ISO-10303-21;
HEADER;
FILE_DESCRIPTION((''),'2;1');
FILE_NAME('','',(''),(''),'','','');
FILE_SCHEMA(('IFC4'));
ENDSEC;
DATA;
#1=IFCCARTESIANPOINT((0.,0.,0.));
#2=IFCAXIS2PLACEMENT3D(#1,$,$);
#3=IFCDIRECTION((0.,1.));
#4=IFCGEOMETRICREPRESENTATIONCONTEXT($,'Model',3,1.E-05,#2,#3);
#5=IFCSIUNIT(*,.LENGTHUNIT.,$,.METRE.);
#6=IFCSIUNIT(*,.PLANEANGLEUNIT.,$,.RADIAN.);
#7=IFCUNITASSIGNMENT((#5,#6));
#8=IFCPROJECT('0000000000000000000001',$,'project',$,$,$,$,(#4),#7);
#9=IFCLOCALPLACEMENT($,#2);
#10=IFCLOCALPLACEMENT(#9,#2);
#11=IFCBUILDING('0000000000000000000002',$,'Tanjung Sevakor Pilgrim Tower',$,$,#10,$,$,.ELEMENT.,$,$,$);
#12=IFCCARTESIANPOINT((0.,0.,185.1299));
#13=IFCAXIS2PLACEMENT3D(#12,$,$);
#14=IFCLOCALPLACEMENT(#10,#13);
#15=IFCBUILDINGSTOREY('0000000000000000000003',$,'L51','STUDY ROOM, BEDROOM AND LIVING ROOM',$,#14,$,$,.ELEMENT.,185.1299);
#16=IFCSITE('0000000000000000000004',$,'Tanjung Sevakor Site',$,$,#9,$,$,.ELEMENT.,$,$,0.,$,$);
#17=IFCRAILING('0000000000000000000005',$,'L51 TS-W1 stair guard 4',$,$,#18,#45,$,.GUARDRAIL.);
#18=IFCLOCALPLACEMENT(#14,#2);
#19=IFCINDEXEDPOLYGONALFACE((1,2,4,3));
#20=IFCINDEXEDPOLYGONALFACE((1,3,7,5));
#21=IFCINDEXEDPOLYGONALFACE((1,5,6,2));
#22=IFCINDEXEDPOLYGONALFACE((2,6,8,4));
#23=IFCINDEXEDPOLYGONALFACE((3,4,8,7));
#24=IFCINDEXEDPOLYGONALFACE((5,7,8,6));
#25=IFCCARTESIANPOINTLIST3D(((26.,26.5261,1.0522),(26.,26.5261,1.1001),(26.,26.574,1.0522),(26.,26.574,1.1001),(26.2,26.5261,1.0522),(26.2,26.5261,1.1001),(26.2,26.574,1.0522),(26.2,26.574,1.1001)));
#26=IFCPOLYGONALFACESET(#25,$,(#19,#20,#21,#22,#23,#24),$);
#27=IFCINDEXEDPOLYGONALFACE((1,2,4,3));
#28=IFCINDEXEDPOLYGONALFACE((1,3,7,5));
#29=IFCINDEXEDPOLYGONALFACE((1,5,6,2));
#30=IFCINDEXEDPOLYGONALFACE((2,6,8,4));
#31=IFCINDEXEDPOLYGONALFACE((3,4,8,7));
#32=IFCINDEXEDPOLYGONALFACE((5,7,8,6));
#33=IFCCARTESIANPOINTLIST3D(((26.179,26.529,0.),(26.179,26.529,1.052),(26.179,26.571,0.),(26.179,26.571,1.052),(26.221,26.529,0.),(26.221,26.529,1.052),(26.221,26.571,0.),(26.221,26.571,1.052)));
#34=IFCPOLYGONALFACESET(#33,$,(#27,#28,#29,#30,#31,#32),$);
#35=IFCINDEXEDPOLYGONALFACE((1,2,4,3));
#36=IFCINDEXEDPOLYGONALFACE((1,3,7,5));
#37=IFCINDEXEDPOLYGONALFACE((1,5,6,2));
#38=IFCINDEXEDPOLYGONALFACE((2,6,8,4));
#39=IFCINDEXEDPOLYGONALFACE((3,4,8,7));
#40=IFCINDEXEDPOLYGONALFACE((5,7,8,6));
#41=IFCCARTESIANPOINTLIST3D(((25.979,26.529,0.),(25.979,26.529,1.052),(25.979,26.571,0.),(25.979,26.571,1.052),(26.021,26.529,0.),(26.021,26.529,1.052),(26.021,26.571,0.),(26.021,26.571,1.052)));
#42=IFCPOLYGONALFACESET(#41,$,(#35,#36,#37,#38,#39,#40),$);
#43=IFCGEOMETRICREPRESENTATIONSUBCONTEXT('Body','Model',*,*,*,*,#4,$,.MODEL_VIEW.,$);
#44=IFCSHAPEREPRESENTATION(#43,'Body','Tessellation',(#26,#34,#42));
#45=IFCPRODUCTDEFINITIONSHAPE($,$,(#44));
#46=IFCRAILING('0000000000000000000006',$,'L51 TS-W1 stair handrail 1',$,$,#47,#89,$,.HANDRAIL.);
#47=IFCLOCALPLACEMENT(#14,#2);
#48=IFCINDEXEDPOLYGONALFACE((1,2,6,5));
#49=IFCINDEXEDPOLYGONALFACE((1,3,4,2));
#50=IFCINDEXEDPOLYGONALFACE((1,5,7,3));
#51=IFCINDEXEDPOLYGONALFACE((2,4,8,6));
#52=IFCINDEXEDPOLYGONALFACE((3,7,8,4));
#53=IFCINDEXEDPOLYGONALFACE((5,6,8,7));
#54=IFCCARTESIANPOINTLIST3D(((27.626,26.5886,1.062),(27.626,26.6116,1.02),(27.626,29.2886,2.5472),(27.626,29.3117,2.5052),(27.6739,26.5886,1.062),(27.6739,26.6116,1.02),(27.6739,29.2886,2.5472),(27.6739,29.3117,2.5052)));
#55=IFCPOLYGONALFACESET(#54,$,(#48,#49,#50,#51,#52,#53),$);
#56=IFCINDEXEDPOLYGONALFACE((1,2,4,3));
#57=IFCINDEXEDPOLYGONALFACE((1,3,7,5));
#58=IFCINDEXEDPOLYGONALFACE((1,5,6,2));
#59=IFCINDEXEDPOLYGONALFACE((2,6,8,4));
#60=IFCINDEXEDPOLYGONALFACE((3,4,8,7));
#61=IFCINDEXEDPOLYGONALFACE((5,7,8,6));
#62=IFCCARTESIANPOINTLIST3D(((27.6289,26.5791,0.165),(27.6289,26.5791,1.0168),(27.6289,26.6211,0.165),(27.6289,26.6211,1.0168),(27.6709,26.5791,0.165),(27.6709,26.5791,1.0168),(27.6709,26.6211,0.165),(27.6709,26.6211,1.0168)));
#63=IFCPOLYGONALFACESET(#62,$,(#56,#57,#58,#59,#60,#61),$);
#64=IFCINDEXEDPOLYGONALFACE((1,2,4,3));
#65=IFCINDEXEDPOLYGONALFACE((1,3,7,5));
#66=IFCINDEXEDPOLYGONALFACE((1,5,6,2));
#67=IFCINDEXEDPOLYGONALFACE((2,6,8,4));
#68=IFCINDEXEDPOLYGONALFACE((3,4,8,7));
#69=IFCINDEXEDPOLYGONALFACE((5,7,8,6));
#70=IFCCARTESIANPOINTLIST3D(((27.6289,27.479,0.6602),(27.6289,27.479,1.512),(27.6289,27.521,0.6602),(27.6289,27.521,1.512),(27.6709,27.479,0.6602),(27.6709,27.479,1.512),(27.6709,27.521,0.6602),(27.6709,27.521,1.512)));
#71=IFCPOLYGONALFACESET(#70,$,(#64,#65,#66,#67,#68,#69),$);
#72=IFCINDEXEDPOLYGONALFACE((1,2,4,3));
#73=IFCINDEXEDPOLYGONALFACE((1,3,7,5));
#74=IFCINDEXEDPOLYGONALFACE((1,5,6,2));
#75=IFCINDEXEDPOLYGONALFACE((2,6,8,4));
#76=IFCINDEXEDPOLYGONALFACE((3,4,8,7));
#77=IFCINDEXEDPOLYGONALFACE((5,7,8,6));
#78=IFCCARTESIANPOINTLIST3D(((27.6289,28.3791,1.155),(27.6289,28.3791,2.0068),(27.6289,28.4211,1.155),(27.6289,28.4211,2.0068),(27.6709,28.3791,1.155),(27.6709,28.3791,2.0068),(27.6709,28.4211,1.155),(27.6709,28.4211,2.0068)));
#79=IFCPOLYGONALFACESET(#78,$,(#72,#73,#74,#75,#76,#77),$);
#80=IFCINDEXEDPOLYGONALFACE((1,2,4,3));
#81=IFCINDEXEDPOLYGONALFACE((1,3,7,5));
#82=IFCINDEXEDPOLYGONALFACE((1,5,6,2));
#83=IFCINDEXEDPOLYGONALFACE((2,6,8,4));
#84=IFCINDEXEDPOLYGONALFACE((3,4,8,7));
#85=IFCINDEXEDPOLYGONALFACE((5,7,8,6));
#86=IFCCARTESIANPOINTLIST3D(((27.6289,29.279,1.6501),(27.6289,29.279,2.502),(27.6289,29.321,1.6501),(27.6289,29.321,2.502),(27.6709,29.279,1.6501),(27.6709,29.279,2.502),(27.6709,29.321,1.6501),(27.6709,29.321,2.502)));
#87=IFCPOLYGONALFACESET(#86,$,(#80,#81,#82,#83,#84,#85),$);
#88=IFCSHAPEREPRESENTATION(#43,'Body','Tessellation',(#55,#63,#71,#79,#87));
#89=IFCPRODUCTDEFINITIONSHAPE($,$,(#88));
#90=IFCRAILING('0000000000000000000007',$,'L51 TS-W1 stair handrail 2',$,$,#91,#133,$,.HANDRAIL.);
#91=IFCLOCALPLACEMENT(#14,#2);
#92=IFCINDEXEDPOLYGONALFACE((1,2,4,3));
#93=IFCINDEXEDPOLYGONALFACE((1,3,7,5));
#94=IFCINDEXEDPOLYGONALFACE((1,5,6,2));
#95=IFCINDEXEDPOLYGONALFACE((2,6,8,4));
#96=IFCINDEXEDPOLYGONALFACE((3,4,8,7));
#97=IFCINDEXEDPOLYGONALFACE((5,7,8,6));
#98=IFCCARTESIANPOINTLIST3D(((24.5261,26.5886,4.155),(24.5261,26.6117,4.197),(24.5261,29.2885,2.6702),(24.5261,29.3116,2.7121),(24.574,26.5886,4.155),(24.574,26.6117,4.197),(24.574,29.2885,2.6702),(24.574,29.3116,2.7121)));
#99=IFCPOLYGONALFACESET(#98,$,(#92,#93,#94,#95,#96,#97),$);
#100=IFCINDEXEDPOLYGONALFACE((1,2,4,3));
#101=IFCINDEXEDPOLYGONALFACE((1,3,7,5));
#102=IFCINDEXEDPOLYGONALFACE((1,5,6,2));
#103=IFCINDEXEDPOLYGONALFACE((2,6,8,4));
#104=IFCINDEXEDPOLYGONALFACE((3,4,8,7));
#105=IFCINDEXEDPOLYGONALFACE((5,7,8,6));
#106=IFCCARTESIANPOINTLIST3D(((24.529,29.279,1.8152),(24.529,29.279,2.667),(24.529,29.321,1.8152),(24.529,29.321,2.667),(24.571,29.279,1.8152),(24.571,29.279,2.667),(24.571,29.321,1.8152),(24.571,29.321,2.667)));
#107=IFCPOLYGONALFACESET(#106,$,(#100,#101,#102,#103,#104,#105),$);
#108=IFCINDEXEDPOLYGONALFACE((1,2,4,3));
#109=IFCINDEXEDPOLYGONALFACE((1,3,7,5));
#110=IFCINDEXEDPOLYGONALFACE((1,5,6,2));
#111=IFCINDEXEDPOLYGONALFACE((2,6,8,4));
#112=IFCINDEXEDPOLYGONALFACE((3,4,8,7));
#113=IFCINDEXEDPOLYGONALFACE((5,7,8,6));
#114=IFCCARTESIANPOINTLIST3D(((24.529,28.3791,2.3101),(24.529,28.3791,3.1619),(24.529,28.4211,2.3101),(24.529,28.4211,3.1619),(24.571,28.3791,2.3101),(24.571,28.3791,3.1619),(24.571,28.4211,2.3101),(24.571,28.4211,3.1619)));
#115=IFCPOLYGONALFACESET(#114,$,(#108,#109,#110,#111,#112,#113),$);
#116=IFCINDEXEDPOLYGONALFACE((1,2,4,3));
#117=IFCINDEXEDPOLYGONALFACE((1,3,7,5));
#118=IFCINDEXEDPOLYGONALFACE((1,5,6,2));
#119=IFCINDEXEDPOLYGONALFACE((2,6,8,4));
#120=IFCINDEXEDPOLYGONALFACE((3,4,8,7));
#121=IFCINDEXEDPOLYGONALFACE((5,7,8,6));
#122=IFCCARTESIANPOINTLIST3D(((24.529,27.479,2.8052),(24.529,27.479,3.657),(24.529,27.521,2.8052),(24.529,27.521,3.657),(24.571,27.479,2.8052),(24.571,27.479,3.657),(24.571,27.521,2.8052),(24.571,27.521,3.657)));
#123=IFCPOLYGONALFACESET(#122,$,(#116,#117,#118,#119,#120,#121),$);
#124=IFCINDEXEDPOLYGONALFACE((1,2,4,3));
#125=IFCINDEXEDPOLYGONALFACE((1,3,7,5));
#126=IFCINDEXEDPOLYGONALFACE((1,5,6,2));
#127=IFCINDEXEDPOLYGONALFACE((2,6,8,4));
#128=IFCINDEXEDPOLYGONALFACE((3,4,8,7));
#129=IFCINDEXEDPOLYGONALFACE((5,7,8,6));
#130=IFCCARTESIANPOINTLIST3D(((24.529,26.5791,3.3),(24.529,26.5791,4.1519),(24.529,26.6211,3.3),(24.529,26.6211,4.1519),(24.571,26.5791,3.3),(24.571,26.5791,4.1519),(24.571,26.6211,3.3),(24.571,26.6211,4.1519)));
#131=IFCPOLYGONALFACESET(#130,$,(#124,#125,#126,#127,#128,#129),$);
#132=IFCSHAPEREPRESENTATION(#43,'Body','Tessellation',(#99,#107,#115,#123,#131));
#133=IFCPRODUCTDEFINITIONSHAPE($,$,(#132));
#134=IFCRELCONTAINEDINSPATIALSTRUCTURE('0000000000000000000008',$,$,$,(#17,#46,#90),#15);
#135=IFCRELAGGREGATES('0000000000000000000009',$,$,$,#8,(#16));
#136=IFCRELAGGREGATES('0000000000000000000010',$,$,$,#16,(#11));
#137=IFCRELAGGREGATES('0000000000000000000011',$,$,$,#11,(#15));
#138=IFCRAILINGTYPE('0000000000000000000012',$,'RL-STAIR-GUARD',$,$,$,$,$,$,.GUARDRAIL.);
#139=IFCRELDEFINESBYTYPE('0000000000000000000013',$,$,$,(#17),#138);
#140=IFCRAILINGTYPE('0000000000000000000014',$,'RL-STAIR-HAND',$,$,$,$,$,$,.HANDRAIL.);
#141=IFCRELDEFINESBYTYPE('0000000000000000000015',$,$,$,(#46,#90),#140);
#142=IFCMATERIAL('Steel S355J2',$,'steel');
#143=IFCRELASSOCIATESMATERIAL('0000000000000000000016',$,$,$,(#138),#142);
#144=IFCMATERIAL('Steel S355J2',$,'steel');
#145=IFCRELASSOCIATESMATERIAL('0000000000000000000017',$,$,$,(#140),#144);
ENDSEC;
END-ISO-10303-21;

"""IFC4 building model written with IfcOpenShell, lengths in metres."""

from ifc_helpers import new_model, si_unit, direction, frame, origin, place, context, subcontext, project, spatial, rectangle, extrude, material, type_object, element, save


model = new_model("IFC4")

# Units and contexts
model_context = context("Model", 3, precision=1e-05, world=origin(), true_north=direction((0.0, 1.0)))
body_context = subcontext(model_context, "Body", "Model", "MODEL_VIEW")
ifc_project = project(units=[si_unit("LENGTHUNIT", "METRE"), si_unit("PLANEANGLEUNIT", "RADIAN")], contexts=[model_context])

# Site, building, storey
site_placement = place(None, origin())
site = spatial("IfcSite", under=ifc_project, at=site_placement, Name="Tanjung Sevakor Site", CompositionType="ELEMENT", RefElevation=0.0)
building_placement = place(site_placement, origin())
building = spatial("IfcBuilding", under=site, at=building_placement, Name="Tanjung Sevakor Pilgrim Tower", CompositionType="ELEMENT")
storey_placement = place(building_placement, frame((0.0, 0.0, 185.1299)))
storey = spatial("IfcBuildingStorey", under=building, at=storey_placement, Name="L51", Description="STUDY ROOM, BEDROOM AND LIVING ROOM", CompositionType="ELEMENT", Elevation=185.1299)

# Railings
ifc_material_1 = material(Name="Steel S355J2", Category="steel")
railing_type_1 = type_object("IfcRailingType", Name="RL-STAIR-GUARD", PredefinedType="GUARDRAIL", material=ifc_material_1)
railing_1_placement = place(storey_placement, frame((26.2, 26.55, 0.0)))
element("IfcRailing", 1, at=railing_1_placement, inside=storey, type_object=railing_type_1, Name="L51 TS-W1 stair guard 4", PredefinedType="GUARDRAIL", context=body_context, shape_type="SweptSolid", body=[
    extrude(rectangle(XDim=0.0479, YDim=0.0479), frame((0.0, 0.0, 1.0762), z_axis=(-1.0, 0.0, 0.0), x_axis=(0.0, -1.0, 0.0)), (0.0, 0.0, 1.0), 0.2),
    extrude(rectangle(XDim=0.042, YDim=0.042), origin(), (0.0, 0.0, 1.0), 1.052),
    extrude(rectangle(XDim=0.042, YDim=0.042), frame((-0.2, 0.0, 0.0)), (0.0, 0.0, 1.0), 1.052),
])
ifc_material_2 = material(Name="Steel S355J2", Category="steel")
railing_type_2 = type_object("IfcRailingType", Name="RL-STAIR-HAND", PredefinedType="HANDRAIL", material=ifc_material_2)
railing_2_placement = place(storey_placement, frame((27.6499, 26.6001, 0.165)))
element("IfcRailing", 2, at=railing_2_placement, inside=storey, type_object=railing_type_2, Name="L51 TS-W1 stair handrail 1", PredefinedType="HANDRAIL", context=body_context, shape_type="SweptSolid", body=[
    extrude(rectangle(XDim=0.0479, YDim=0.0479), frame((0.0, 0.0, 0.876), z_axis=(0.0, 0.876198, 0.481952), x_axis=(-1.0, 0.0, 0.0)), (0.0, 0.0, 1.0), 3.0815),
    extrude(rectangle(XDim=0.042, YDim=0.042), origin(), (0.0, 0.0, 1.0), 0.8518),
    extrude(rectangle(XDim=0.042, YDim=0.042), frame((0.0, 0.8999, 0.4951)), (0.0, 0.0, 1.0), 0.8518),
    extrude(rectangle(XDim=0.042, YDim=0.042), frame((0.0, 1.8, 0.99)), (0.0, 0.0, 1.0), 0.8518),
    extrude(rectangle(XDim=0.042, YDim=0.042), frame((0.0, 2.7, 1.4851)), (0.0, 0.0, 1.0), 0.8518),
])
railing_3_placement = place(storey_placement, frame((24.55, 29.3, 1.8152)))
element("IfcRailing", 3, at=railing_3_placement, inside=storey, type_object=railing_type_2, Name="L51 TS-W1 stair handrail 2", PredefinedType="HANDRAIL", context=body_context, shape_type="SweptSolid", body=[
    extrude(rectangle(XDim=0.0479, YDim=0.0479), frame((0.0, 0.0, 0.876), z_axis=(0.0, -0.876231, 0.481891), x_axis=(1.0, 0.0, 0.0)), (0.0, 0.0, 1.0), 3.0813),
    extrude(rectangle(XDim=0.042, YDim=0.042), origin(), (0.0, 0.0, 1.0), 0.8518),
    extrude(rectangle(XDim=0.042, YDim=0.042), frame((0.0, -0.8999, 0.4949)), (0.0, 0.0, 1.0), 0.8518),
    extrude(rectangle(XDim=0.042, YDim=0.042), frame((0.0, -1.8, 0.99)), (0.0, 0.0, 1.0), 0.8518),
    extrude(rectangle(XDim=0.042, YDim=0.042), frame((0.0, -2.7, 1.4849)), (0.0, 0.0, 1.0), 0.8518),
])

save(model, "model.ifc")
